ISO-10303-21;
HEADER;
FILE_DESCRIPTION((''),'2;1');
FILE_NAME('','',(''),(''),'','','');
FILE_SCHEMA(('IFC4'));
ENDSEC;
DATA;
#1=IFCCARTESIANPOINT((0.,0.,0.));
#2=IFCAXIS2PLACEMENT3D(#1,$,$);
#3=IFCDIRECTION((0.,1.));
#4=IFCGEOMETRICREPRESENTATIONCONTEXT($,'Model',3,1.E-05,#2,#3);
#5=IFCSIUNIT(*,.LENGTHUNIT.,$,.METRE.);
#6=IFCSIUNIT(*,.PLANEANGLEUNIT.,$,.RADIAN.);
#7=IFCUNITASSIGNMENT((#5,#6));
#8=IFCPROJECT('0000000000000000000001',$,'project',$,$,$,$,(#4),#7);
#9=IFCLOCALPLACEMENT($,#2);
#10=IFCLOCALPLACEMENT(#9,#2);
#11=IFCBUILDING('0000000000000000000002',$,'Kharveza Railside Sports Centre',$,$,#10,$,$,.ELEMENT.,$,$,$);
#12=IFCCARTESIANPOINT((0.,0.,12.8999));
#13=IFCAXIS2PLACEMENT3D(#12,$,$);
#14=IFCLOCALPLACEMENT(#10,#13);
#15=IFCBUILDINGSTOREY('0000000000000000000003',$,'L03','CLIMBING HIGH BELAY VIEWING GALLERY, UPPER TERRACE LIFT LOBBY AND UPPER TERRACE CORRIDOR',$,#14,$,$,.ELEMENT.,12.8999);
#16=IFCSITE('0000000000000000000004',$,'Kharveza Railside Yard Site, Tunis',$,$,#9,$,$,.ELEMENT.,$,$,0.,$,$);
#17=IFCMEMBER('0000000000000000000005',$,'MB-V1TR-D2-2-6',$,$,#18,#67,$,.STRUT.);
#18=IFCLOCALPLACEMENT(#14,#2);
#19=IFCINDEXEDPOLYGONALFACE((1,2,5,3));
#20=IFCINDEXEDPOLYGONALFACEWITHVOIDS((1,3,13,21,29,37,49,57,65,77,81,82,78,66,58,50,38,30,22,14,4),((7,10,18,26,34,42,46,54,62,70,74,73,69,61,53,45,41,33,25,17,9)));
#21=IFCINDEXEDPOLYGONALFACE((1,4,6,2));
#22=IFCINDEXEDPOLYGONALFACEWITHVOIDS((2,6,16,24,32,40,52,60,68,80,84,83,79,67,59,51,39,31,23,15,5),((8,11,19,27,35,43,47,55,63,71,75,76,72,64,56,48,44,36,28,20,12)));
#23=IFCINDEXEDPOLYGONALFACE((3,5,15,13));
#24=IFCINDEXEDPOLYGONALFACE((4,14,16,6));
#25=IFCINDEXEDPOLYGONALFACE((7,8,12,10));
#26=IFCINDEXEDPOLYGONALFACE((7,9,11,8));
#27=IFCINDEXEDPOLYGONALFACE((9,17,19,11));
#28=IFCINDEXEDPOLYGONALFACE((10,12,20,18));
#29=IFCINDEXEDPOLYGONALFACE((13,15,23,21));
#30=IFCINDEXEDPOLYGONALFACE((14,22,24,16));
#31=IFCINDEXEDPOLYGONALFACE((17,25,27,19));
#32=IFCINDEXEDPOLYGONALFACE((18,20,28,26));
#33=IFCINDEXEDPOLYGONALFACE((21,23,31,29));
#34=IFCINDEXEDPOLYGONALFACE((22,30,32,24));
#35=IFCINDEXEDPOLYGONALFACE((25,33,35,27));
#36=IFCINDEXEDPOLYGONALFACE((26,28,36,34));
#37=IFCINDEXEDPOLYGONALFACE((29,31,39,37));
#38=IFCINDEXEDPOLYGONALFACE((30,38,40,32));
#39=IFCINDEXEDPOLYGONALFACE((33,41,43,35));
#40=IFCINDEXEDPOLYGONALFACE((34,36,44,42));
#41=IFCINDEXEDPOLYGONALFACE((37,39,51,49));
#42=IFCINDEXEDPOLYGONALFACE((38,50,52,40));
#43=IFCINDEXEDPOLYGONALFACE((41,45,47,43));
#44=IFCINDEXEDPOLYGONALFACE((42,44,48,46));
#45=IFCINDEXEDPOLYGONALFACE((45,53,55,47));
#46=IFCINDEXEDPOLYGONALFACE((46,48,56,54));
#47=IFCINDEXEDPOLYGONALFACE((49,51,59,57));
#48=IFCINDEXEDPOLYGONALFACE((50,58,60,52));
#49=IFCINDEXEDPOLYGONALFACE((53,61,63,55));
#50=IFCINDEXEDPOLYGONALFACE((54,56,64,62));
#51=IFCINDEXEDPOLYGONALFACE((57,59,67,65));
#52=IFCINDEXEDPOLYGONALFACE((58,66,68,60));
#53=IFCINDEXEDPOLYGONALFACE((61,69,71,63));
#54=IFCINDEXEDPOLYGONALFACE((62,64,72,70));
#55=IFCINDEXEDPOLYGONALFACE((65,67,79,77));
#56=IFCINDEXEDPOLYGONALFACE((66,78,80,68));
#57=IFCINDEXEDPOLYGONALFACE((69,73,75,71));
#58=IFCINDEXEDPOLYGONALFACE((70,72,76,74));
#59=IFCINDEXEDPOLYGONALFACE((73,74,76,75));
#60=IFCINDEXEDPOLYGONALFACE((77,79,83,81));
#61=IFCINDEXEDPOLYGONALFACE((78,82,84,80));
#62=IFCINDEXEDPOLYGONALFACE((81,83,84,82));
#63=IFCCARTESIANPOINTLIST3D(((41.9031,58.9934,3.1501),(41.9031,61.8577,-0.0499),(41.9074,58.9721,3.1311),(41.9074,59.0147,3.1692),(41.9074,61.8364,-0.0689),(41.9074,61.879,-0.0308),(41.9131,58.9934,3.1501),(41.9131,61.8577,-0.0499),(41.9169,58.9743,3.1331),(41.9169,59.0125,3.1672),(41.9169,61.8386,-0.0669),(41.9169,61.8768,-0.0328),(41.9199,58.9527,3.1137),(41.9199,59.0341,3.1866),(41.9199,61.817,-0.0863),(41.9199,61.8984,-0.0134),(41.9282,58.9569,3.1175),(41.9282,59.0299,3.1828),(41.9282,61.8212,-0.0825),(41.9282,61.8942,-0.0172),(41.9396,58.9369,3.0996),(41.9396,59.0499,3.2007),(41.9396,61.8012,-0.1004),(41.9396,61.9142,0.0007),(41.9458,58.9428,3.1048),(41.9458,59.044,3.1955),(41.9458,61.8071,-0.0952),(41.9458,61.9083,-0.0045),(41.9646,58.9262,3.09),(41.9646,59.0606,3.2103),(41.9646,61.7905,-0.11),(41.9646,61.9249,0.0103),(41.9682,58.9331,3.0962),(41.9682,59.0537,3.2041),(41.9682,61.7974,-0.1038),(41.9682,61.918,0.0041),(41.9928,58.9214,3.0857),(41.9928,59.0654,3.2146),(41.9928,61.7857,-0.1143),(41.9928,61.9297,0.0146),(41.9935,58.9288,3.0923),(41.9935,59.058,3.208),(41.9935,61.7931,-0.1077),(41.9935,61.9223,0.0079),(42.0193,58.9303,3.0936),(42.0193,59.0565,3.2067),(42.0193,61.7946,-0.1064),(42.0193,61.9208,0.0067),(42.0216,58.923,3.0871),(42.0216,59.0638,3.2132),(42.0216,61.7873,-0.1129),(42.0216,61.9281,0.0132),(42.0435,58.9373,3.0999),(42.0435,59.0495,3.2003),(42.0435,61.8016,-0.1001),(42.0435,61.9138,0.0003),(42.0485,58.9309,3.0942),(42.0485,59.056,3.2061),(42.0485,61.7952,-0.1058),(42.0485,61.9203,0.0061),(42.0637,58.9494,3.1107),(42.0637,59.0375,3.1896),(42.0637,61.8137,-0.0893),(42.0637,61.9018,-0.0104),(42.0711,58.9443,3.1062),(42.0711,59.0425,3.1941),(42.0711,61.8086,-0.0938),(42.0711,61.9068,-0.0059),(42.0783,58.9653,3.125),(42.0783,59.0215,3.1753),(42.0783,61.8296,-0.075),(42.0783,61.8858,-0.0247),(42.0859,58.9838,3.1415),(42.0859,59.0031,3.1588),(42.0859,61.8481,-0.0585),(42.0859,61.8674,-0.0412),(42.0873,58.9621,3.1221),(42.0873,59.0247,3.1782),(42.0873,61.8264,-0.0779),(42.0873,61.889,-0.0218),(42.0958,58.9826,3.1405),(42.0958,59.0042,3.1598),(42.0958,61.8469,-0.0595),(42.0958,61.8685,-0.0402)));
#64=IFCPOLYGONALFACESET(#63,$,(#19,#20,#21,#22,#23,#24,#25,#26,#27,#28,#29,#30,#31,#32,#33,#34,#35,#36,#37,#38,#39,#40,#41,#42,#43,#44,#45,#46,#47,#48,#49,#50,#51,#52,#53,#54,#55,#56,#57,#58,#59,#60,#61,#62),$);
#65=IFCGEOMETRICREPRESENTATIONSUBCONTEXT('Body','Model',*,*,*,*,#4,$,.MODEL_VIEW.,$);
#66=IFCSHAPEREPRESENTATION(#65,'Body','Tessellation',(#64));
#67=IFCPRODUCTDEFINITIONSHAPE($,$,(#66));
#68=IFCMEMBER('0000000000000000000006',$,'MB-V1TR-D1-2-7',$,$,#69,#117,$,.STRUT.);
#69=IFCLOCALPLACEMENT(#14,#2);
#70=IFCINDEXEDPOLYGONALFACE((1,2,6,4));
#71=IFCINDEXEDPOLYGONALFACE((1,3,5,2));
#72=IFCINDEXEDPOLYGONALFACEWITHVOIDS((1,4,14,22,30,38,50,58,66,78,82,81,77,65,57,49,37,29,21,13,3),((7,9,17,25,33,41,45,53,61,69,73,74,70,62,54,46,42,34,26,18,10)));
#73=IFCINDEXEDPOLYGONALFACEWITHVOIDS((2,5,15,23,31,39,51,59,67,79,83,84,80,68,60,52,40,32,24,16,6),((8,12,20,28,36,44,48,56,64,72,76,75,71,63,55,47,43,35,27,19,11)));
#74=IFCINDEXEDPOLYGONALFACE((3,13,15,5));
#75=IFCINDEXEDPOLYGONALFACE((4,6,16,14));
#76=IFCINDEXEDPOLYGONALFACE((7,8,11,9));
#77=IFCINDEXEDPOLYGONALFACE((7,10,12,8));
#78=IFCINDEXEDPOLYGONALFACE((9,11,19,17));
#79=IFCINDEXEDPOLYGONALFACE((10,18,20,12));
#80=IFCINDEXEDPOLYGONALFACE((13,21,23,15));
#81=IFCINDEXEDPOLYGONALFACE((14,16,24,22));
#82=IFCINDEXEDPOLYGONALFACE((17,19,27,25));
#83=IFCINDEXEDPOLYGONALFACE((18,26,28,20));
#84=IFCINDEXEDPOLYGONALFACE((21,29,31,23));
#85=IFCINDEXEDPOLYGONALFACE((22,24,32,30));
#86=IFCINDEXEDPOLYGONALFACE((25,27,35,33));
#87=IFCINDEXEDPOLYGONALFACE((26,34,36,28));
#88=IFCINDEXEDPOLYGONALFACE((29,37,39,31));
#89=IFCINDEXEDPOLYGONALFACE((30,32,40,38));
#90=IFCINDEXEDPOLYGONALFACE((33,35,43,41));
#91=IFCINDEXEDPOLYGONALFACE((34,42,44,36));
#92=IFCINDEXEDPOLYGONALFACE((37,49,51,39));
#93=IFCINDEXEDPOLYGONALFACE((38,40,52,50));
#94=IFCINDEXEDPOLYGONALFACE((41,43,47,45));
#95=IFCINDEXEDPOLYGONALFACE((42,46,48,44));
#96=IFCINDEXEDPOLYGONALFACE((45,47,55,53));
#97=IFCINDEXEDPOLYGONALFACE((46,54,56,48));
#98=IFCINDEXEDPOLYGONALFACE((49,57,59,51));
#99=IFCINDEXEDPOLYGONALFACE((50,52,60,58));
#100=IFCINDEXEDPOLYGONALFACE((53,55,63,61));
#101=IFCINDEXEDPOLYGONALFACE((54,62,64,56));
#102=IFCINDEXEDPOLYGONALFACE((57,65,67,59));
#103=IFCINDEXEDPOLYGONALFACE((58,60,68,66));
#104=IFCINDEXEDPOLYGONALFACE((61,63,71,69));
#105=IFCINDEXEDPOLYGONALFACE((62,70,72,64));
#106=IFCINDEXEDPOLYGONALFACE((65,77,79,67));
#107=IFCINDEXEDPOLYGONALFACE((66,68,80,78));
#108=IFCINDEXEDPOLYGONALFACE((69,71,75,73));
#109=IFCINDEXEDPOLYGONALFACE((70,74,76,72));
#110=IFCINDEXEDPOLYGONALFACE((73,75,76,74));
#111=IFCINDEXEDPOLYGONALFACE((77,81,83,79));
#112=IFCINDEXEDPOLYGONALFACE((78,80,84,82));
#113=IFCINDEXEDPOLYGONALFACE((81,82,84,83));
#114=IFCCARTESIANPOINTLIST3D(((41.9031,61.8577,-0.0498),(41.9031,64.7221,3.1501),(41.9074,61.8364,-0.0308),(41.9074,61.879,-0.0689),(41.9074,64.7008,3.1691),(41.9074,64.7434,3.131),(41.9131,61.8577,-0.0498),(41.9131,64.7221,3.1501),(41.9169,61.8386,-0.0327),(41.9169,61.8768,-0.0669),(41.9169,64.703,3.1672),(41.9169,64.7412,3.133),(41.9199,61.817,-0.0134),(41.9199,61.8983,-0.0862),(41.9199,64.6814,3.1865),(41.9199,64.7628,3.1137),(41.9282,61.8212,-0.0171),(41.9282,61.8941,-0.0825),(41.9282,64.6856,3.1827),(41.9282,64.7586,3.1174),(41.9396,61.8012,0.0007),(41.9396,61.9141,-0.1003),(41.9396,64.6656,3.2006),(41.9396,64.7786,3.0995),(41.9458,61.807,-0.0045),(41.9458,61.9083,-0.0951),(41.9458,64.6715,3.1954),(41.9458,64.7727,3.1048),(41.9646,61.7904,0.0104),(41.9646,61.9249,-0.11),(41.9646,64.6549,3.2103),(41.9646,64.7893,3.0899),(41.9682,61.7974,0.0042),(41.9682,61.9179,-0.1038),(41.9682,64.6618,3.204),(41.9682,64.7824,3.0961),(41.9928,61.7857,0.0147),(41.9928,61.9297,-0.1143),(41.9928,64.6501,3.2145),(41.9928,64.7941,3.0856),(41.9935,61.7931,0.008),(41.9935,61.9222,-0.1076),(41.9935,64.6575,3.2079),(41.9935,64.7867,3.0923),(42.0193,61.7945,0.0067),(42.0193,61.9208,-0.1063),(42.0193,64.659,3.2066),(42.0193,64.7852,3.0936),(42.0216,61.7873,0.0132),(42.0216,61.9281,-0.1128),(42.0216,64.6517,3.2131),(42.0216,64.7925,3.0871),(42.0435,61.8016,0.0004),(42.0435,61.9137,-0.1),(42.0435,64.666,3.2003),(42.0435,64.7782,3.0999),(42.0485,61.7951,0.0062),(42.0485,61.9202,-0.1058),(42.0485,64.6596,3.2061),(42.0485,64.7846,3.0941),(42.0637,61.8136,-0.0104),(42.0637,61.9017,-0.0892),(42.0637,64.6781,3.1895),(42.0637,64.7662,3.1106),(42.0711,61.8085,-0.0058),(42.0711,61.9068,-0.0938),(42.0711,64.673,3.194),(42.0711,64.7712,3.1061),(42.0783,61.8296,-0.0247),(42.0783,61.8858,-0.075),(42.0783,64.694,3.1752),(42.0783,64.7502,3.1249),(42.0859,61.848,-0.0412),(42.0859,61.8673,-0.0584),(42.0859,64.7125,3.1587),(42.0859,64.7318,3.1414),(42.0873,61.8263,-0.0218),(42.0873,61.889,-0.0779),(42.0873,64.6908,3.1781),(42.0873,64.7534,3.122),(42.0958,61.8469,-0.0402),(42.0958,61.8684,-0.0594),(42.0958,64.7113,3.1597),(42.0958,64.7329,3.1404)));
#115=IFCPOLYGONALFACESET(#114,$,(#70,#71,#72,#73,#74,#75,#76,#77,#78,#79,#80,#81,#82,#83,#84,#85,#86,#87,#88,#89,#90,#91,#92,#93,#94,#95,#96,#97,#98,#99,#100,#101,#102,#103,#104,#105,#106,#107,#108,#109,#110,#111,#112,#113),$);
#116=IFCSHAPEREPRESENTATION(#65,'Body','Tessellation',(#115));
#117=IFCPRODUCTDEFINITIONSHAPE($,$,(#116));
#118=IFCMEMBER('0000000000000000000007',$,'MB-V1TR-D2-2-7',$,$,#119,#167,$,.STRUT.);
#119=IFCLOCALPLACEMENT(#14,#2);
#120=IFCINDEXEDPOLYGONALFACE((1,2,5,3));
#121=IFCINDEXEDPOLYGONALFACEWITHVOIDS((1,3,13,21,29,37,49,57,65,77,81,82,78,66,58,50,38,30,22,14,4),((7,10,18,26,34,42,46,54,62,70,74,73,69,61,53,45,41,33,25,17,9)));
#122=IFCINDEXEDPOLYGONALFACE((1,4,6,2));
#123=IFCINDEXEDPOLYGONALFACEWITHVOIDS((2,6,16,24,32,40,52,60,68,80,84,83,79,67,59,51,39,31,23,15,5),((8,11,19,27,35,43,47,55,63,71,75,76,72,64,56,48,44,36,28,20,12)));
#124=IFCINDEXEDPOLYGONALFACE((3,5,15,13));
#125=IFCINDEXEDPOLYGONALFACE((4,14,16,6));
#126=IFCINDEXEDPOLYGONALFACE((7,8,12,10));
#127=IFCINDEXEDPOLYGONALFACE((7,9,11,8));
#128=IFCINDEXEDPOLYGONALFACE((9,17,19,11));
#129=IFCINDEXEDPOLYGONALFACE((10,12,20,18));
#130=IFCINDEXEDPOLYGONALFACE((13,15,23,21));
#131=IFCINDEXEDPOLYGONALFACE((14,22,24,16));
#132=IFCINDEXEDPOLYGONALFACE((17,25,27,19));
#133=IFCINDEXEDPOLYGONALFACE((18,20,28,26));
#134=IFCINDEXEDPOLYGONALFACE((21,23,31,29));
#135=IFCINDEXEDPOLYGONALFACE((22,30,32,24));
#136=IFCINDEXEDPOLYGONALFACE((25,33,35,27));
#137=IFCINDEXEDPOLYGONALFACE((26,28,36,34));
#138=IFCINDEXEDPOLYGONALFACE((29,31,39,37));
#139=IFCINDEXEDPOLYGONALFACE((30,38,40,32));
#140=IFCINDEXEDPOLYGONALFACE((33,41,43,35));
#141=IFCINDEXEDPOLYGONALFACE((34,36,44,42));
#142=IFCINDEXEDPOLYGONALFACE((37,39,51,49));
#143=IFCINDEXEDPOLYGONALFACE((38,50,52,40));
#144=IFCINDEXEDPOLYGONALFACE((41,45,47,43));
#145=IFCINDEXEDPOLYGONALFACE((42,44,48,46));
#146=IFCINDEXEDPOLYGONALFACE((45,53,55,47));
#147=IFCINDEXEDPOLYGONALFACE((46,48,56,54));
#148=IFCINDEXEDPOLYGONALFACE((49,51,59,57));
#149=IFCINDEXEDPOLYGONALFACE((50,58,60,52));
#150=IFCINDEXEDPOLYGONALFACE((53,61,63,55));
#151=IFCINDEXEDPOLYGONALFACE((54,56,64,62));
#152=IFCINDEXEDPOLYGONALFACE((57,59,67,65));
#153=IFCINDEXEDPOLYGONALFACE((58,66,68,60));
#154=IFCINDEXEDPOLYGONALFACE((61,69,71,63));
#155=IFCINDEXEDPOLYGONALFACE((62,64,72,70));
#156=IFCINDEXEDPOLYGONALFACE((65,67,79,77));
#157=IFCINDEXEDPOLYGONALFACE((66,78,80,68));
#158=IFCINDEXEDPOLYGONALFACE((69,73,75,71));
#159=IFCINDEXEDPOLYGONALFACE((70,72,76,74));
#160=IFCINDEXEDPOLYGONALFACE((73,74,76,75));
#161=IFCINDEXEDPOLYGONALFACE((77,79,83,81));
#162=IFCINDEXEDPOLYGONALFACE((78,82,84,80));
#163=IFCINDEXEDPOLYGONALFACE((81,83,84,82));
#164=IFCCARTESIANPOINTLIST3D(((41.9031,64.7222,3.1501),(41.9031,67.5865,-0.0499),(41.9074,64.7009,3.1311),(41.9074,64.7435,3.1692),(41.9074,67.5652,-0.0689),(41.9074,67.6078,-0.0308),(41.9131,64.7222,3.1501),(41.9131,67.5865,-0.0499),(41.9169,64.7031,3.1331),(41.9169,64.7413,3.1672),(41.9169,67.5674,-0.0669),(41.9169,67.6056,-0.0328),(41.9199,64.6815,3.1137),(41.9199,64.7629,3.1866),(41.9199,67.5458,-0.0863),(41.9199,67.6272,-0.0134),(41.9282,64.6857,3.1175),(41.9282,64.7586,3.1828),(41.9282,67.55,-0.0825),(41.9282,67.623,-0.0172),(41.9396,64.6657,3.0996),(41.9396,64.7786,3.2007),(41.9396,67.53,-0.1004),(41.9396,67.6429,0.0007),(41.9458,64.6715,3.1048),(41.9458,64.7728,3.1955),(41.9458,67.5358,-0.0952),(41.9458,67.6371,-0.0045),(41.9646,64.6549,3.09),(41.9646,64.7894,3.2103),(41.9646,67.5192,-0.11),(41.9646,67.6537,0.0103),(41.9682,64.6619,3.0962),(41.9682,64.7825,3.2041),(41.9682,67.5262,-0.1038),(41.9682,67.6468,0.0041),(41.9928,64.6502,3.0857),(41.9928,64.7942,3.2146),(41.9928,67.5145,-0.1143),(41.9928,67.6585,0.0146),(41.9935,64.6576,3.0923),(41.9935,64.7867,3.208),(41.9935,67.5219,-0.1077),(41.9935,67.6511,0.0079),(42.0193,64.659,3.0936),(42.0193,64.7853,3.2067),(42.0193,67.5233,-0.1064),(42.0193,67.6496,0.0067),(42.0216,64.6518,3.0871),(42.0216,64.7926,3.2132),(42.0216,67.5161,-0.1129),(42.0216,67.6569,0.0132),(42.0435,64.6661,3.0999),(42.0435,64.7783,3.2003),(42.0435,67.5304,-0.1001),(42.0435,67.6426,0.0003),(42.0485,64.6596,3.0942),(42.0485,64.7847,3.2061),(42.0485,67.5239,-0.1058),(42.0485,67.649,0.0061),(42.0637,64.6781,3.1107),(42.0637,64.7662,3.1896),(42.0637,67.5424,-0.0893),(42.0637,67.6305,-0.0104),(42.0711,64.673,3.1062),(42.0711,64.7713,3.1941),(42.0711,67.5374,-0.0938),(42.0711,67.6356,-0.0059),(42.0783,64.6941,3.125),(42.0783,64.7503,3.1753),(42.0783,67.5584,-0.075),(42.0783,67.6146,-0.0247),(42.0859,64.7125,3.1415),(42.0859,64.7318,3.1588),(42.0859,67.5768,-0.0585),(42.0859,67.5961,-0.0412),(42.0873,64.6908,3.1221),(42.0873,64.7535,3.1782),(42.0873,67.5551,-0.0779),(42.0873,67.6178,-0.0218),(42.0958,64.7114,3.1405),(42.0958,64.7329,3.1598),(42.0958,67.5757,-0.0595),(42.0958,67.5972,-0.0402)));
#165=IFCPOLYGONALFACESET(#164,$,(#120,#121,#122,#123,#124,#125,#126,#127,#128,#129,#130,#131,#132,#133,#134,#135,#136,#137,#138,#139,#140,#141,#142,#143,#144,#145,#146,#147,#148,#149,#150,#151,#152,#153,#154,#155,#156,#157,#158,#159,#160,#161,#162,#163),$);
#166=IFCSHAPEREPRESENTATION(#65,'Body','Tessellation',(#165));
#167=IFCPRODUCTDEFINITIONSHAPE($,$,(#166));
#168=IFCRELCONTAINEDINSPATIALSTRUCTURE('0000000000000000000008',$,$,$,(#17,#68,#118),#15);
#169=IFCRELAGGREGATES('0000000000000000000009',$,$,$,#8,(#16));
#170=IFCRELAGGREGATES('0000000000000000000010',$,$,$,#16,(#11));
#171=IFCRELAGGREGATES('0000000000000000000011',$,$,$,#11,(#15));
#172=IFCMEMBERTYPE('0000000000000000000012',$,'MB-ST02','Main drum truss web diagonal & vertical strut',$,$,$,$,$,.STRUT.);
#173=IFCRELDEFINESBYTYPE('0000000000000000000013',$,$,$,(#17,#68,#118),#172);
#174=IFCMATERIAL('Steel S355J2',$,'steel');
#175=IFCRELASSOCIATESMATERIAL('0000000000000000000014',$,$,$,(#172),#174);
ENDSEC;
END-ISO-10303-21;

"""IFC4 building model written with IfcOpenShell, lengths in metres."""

from ifc_helpers import new_model, si_unit, direction, frame, origin, origin_2d, place, context, subcontext, project, spatial, hollow_circle, extrude, material, material_profile, profile_set, type_object, element, save


model = new_model("IFC4")

# Units and contexts
model_context = context("Model", 3, precision=1e-05, world=origin(), true_north=direction((0.0, 1.0)))
body_context = subcontext(model_context, "Body", "Model", "MODEL_VIEW")
ifc_project = project(units=[si_unit("LENGTHUNIT", "METRE"), si_unit("PLANEANGLEUNIT", "RADIAN")], contexts=[model_context])

# Site, building, storey
site_placement = place(None, origin())
site = spatial("IfcSite", under=ifc_project, at=site_placement, Name="Kharveza Railside Yard Site, Tunis", CompositionType="ELEMENT", RefElevation=0.0)
building_placement = place(site_placement, origin())
building = spatial("IfcBuilding", under=site, at=building_placement, Name="Kharveza Railside Sports Centre", CompositionType="ELEMENT")
storey_placement = place(building_placement, frame((0.0, 0.0, 12.8999)))
storey = spatial("IfcBuildingStorey", under=building, at=storey_placement, Name="L03", Description="CLIMBING HIGH BELAY VIEWING GALLERY, UPPER TERRACE LIFT LOBBY AND UPPER TERRACE CORRIDOR", CompositionType="ELEMENT", Elevation=12.8999)

# Members
ifc_material_1 = material(Name="Steel S355J2", Category="steel")
ifc_material_profile_1 = material_profile(ifc_material_1, hollow_circle(Radius=0.0969, WallThickness=0.01, at=origin_2d()), Name="CHS 193.7x10.0")
ifc_profile_set_1 = profile_set([ifc_material_profile_1], Name="Steel S355J2")
member_type_1 = type_object("IfcMemberType", Name="MB-ST02", Description="Main drum truss web diagonal & vertical strut", PredefinedType="STRUT", material=ifc_profile_set_1)
for number, where, z_axis, x_axis, name in (
    (1, (42.0, 58.9934, 3.1501), (0.0, 0.666943, -0.745109), (-1.0, 0.0, 0.0), "MB-V1TR-D2-2-6"),
    (2, (42.0, 61.8577, -0.0498), (0.0, 0.666974, 0.745081), (-1.0, 0.0, 0.0), "MB-V1TR-D1-2-7"),
    (3, (42.0, 64.7222, 3.1501), (0.0, 0.666943, -0.745109), (-1.0, 0.0, 0.0), "MB-V1TR-D2-2-7"),
):
    element("IfcMember", number, at=place(storey_placement, frame(where, z_axis=z_axis, x_axis=x_axis)), inside=storey, type_object=member_type_1, Name=name, PredefinedType="STRUT", context=body_context, shape_type="SweptSolid", body=[
        extrude(hollow_circle(Radius=0.0969, WallThickness=0.01, at=origin_2d()), origin(), (0.0, 0.0, 1.0), 4.2947),
    ])

save(model, "model.ifc")
